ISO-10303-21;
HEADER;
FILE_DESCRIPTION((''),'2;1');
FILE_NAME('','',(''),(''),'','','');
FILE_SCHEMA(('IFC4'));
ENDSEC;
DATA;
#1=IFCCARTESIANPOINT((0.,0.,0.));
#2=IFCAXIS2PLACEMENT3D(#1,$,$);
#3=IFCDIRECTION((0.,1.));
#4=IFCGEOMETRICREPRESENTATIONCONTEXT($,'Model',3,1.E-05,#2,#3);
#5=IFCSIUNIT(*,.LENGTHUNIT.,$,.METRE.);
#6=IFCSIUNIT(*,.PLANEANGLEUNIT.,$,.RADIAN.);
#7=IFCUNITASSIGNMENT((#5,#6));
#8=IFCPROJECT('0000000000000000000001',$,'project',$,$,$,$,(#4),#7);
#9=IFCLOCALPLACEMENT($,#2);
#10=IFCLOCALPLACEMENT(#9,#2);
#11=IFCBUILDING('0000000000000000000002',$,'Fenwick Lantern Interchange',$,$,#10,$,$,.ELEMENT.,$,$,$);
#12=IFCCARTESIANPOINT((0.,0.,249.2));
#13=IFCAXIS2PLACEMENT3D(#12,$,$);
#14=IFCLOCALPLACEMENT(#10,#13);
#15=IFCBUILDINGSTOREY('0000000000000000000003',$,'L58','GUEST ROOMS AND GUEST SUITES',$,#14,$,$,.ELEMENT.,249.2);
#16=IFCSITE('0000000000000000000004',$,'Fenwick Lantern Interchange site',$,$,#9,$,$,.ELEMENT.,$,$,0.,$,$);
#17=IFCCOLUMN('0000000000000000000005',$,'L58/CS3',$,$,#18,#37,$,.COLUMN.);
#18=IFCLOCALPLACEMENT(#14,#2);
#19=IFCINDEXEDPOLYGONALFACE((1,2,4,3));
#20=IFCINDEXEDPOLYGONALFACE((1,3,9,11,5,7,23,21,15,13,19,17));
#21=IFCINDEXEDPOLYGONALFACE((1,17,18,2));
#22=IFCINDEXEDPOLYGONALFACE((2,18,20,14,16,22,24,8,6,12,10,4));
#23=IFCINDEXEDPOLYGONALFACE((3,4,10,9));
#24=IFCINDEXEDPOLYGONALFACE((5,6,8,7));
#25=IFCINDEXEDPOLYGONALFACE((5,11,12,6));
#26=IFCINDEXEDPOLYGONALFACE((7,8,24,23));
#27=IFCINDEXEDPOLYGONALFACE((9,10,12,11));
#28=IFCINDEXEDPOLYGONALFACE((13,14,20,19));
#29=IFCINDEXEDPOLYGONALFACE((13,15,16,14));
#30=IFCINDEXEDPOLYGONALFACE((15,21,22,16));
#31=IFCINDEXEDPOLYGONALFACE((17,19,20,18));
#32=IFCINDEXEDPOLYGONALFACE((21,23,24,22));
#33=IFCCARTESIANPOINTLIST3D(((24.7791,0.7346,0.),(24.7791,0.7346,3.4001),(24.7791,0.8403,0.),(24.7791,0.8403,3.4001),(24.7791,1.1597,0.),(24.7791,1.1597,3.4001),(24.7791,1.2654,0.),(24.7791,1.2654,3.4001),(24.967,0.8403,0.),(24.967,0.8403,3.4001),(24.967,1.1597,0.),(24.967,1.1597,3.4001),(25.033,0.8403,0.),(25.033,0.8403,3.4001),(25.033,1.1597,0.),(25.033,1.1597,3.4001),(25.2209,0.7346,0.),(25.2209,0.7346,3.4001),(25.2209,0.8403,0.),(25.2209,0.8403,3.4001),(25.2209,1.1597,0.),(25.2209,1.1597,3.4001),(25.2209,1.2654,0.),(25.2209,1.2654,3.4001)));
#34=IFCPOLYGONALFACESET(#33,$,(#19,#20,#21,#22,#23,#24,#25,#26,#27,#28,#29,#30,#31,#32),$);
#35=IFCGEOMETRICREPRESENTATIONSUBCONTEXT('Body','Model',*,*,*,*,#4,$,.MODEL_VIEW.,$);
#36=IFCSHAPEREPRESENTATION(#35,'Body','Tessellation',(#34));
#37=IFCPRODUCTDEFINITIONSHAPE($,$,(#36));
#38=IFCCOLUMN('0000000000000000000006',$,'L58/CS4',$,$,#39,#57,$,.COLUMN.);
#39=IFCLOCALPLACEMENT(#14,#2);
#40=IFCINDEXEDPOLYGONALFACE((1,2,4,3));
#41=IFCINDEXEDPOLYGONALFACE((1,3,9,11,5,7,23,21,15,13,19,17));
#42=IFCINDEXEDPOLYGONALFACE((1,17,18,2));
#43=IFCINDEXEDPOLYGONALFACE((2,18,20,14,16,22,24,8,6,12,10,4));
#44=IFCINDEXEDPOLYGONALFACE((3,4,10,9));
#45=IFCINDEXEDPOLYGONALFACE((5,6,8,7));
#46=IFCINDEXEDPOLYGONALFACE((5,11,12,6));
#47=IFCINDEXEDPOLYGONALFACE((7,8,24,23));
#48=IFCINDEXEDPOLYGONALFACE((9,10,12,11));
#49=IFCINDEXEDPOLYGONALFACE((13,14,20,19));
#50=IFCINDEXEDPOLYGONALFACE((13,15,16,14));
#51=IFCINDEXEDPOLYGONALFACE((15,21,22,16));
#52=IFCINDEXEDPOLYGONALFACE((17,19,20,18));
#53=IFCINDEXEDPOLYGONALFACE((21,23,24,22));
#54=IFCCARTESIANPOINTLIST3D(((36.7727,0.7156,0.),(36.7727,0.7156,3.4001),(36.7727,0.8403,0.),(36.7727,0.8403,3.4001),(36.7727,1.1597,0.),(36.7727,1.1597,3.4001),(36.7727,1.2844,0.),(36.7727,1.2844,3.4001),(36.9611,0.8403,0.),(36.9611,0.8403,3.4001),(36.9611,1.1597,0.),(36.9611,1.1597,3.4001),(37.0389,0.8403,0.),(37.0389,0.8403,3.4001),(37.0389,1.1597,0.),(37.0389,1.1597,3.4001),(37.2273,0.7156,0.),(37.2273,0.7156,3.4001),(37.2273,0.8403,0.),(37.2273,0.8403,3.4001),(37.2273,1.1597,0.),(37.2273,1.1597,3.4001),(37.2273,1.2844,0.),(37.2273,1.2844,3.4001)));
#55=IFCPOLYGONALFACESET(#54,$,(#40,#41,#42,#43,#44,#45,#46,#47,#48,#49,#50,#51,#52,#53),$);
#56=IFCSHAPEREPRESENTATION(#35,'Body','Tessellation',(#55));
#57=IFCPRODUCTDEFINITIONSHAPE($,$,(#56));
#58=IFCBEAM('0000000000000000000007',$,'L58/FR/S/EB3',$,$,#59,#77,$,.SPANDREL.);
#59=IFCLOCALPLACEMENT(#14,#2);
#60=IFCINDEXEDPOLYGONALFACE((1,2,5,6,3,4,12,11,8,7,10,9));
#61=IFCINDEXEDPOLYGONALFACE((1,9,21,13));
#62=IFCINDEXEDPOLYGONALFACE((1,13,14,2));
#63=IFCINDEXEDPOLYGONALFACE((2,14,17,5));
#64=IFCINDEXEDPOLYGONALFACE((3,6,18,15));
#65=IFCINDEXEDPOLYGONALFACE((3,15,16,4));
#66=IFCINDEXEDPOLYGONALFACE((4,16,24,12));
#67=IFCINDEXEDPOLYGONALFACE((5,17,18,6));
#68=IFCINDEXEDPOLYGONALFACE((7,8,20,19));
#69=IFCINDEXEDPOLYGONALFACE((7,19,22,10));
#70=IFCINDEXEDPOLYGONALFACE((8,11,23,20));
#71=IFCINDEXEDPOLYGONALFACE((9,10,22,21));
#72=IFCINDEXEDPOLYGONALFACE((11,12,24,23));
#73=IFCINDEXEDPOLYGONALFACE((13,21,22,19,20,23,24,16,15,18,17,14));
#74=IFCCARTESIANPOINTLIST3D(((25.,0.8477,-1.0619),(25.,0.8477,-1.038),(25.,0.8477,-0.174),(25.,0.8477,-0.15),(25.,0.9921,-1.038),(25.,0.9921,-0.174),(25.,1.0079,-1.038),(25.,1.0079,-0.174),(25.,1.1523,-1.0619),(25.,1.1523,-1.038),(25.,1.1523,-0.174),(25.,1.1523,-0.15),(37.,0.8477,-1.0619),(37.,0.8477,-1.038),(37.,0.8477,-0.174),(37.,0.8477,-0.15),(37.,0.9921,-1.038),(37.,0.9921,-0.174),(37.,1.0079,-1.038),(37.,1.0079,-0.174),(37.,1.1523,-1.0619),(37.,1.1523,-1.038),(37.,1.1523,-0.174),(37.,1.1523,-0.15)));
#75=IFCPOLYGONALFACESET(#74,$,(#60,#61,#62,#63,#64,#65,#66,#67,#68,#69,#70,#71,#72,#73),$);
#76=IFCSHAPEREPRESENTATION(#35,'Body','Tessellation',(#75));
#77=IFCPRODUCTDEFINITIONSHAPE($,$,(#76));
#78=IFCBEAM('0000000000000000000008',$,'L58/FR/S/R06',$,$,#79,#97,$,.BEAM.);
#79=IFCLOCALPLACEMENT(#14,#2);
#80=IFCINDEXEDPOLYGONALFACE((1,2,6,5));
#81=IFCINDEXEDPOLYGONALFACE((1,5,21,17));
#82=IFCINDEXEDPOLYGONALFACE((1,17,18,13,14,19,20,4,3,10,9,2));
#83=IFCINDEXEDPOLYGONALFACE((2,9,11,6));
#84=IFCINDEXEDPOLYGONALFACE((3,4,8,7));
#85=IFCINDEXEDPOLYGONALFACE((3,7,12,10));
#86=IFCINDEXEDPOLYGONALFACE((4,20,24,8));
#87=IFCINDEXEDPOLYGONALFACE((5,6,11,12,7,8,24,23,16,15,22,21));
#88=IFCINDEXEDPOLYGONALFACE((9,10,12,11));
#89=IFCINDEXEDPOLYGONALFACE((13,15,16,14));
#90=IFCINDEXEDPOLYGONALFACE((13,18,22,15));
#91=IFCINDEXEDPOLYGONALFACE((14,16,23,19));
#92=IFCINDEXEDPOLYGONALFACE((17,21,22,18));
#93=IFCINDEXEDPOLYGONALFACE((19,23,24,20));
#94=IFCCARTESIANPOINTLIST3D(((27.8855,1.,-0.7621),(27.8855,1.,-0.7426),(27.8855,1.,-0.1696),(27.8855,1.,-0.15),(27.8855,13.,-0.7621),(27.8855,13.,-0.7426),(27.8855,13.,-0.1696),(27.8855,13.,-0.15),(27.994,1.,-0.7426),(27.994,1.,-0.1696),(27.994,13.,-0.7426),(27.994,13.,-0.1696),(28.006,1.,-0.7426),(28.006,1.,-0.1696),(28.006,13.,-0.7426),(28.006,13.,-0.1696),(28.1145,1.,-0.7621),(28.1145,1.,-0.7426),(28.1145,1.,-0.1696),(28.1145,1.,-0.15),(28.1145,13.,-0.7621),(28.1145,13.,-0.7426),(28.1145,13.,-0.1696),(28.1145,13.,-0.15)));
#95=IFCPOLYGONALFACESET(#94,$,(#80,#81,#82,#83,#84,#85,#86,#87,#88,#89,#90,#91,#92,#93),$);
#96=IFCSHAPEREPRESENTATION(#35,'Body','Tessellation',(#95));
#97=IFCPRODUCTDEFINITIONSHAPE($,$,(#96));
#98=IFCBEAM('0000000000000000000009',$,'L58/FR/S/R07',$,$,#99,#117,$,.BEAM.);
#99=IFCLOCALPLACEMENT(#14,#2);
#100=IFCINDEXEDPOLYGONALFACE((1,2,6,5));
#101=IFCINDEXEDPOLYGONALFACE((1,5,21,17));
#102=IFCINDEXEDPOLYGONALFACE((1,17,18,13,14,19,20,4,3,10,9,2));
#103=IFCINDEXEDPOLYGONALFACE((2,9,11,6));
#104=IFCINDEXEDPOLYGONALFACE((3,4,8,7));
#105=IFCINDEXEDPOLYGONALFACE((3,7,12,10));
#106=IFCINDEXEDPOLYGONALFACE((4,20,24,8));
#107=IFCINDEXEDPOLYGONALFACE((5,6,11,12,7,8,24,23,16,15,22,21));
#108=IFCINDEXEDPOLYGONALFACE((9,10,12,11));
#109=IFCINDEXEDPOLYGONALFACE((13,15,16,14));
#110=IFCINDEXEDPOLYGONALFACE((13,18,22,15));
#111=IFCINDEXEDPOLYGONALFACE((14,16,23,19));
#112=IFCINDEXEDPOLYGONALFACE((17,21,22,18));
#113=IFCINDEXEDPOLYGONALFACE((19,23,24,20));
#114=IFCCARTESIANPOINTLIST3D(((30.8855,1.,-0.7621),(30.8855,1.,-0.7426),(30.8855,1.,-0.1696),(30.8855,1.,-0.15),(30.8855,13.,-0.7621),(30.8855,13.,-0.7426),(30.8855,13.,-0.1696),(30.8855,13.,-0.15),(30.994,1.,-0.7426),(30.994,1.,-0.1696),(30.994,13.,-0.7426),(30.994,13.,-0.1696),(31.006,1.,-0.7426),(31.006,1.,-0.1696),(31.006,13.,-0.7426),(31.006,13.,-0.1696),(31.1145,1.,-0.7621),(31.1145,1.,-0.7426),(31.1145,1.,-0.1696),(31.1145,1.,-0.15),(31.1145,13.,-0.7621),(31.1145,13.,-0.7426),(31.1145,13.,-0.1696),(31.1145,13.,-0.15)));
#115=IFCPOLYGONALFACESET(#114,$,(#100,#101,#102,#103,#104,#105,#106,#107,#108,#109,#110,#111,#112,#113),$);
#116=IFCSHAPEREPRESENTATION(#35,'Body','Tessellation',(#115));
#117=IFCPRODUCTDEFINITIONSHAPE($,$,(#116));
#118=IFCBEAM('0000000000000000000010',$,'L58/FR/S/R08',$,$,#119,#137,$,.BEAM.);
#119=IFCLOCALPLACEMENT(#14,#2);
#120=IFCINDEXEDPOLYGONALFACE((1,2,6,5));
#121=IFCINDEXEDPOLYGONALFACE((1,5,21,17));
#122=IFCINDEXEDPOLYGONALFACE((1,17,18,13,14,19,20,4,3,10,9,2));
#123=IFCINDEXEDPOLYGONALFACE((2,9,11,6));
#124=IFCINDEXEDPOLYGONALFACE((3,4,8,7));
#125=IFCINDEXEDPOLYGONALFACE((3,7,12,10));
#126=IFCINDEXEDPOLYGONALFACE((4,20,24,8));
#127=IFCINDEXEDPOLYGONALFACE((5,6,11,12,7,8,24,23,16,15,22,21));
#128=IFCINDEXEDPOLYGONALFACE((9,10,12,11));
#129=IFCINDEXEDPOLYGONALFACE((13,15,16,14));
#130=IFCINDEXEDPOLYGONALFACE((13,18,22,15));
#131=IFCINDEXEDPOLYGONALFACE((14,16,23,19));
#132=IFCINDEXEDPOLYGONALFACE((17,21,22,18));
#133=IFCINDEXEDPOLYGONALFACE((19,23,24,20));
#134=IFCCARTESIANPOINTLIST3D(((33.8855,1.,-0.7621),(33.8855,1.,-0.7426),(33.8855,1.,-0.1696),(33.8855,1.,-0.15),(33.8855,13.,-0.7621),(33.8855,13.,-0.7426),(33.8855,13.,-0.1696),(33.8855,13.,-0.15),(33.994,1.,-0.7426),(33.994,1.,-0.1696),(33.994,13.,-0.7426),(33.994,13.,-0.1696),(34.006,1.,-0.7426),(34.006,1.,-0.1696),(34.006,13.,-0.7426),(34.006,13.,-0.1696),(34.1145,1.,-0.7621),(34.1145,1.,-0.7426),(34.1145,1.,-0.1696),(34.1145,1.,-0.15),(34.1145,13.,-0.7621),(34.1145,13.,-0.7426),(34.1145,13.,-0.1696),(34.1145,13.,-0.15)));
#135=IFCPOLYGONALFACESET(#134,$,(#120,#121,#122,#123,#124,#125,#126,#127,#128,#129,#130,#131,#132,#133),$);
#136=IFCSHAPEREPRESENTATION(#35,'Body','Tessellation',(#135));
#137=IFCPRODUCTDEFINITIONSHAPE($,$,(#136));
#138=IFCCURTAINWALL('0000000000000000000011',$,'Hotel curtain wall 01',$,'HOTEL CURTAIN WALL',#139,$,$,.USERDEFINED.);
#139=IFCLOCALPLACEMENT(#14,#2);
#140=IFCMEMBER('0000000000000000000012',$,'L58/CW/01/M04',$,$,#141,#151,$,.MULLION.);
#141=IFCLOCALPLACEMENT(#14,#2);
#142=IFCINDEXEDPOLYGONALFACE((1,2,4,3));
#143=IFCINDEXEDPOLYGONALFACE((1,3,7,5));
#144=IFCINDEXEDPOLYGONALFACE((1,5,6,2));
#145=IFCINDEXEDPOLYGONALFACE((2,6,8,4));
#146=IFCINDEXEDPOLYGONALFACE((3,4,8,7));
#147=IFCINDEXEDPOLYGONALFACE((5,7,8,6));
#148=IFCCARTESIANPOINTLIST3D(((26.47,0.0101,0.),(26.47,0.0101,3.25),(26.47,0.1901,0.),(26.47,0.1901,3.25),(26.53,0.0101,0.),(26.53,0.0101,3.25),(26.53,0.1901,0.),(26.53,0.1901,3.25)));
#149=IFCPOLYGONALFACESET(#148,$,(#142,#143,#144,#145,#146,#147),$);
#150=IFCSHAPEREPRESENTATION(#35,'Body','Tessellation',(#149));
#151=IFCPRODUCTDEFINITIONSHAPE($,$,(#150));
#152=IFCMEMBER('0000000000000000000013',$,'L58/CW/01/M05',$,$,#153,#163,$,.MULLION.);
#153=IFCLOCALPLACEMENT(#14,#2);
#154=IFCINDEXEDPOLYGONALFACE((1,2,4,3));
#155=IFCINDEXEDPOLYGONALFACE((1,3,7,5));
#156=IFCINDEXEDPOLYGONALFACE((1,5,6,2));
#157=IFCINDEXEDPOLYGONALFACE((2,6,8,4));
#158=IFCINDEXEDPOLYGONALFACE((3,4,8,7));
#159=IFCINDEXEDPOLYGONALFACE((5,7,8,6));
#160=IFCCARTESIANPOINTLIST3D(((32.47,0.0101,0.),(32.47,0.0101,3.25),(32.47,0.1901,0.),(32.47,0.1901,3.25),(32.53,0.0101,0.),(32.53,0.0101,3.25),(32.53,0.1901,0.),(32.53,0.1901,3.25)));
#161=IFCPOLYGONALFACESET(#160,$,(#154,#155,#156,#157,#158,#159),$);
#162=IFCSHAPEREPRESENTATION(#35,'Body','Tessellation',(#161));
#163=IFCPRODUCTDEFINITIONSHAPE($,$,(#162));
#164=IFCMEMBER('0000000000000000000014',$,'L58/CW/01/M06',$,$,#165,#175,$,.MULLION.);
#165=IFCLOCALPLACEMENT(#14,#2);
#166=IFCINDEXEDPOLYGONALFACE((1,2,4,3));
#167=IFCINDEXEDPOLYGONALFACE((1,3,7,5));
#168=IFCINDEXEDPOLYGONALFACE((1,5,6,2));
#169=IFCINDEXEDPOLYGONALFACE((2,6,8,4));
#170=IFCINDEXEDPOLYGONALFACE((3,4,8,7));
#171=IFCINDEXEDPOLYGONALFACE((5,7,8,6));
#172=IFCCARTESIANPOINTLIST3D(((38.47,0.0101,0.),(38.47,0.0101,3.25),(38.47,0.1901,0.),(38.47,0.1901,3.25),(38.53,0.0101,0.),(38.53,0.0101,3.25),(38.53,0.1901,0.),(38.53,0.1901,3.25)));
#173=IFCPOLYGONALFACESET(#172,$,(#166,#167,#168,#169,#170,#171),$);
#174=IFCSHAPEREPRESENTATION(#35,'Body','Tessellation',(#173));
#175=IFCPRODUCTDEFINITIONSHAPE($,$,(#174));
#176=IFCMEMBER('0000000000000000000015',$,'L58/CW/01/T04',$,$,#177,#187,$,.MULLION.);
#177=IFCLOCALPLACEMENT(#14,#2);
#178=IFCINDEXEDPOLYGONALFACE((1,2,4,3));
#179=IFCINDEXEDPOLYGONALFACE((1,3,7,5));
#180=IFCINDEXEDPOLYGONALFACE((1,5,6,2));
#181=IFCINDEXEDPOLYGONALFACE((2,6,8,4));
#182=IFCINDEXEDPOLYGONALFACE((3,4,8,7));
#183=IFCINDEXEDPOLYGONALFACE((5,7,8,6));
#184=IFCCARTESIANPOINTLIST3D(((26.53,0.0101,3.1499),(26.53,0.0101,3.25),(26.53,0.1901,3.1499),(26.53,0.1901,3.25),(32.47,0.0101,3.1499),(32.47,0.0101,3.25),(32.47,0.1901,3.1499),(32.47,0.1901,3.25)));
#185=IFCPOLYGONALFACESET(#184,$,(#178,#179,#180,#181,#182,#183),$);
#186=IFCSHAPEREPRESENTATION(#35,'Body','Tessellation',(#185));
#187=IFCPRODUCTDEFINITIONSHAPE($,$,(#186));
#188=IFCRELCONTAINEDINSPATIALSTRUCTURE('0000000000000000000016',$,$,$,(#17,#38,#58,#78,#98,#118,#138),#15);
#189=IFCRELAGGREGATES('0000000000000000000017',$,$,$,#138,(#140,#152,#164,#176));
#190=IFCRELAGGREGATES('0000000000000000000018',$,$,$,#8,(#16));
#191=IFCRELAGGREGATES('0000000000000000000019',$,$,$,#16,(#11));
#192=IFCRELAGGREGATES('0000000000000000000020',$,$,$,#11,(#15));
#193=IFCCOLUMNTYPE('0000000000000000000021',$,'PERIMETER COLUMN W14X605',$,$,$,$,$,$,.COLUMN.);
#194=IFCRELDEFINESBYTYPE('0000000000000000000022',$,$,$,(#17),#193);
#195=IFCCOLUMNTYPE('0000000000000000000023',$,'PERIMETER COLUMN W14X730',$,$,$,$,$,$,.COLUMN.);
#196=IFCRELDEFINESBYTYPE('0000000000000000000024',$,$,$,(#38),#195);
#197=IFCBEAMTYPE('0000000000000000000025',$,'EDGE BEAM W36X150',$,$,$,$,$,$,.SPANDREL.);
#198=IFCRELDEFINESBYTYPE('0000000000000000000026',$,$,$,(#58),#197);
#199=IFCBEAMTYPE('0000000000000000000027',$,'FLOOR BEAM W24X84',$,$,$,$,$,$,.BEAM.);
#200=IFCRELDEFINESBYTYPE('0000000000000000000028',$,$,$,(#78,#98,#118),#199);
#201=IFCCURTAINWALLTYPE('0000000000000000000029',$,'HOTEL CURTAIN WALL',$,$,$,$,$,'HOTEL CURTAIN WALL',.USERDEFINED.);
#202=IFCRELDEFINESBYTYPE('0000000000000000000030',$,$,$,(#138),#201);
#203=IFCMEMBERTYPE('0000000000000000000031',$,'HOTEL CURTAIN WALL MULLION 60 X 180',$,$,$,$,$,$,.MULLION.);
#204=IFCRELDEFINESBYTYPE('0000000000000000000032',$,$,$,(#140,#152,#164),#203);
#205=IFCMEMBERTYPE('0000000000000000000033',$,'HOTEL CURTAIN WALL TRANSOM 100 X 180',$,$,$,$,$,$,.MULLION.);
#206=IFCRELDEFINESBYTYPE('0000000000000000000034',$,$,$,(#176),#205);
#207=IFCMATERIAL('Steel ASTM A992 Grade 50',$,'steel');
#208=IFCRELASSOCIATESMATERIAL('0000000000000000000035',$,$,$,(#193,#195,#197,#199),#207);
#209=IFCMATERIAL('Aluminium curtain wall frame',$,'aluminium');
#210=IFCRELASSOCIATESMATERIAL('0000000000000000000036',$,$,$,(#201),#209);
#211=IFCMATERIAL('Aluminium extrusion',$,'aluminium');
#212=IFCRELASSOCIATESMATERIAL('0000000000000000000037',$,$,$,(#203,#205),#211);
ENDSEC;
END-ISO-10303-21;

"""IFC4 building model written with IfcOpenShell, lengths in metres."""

from ifc_helpers import new_model, si_unit, direction, frame, origin, origin_2d, place, context, subcontext, project, spatial, rectangle, i_section, extrude, material, material_profile, profile_set, type_object, element, aggregate, save


model = new_model("IFC4")

# Units and contexts
model_context = context("Model", 3, precision=1e-05, world=origin(), true_north=direction((0.0, 1.0)))
body_context = subcontext(model_context, "Body", "Model", "MODEL_VIEW")
ifc_project = project(units=[si_unit("LENGTHUNIT", "METRE"), si_unit("PLANEANGLEUNIT", "RADIAN")], contexts=[model_context])

# Site, building, storey
site_placement = place(None, origin())
site = spatial("IfcSite", under=ifc_project, at=site_placement, Name="Fenwick Lantern Interchange site", CompositionType="ELEMENT", RefElevation=0.0)
building_placement = place(site_placement, origin())
building = spatial("IfcBuilding", under=site, at=building_placement, Name="Fenwick Lantern Interchange", CompositionType="ELEMENT")
storey_placement = place(building_placement, frame((0.0, 0.0, 249.2)))
storey = spatial("IfcBuildingStorey", under=building, at=storey_placement, Name="L58", Description="GUEST ROOMS AND GUEST SUITES", CompositionType="ELEMENT", Elevation=249.2)

# Columns
ifc_material_1 = material(Name="Steel ASTM A992 Grade 50", Category="steel")
ifc_material_profile_1 = material_profile(ifc_material_1, i_section(OverallWidth=0.4419, OverallDepth=0.5308, WebThickness=0.0659, FlangeThickness=0.1057, at=origin_2d()), Name="W14X605")
ifc_profile_set_1 = profile_set([ifc_material_profile_1], Name="Steel ASTM A992 Grade 50")
column_type_1 = type_object("IfcColumnType", Name="PERIMETER COLUMN W14X605", PredefinedType="COLUMN", material=ifc_profile_set_1)
column_1_placement = place(storey_placement, frame((25.0, 1.0, 0.0), z_axis=(0.0, 0.0, 1.0), x_axis=(1.0, 0.0, 0.0)))
element("IfcColumn", 1, at=column_1_placement, inside=storey, type_object=column_type_1, Name="L58/CS3", PredefinedType="COLUMN", context=body_context, shape_type="SweptSolid", body=[
    extrude(i_section(OverallWidth=0.4419, OverallDepth=0.5308, WebThickness=0.0659, FlangeThickness=0.1057, at=origin_2d()), origin(), (0.0, 0.0, 1.0), 3.4001),
])
ifc_material_profile_2 = material_profile(ifc_material_1, i_section(OverallWidth=0.4546, OverallDepth=0.5688, WebThickness=0.0779, FlangeThickness=0.1248, at=origin_2d()), Name="W14X730")
ifc_profile_set_2 = profile_set([ifc_material_profile_2], Name="Steel ASTM A992 Grade 50")
column_type_2 = type_object("IfcColumnType", Name="PERIMETER COLUMN W14X730", PredefinedType="COLUMN", material=ifc_profile_set_2)
column_2_placement = place(storey_placement, frame((37.0, 1.0, 0.0), z_axis=(0.0, 0.0, 1.0), x_axis=(1.0, 0.0, 0.0)))
element("IfcColumn", 2, at=column_2_placement, inside=storey, type_object=column_type_2, Name="L58/CS4", PredefinedType="COLUMN", context=body_context, shape_type="SweptSolid", body=[
    extrude(i_section(OverallWidth=0.4546, OverallDepth=0.5688, WebThickness=0.0779, FlangeThickness=0.1248, at=origin_2d()), origin(), (0.0, 0.0, 1.0), 3.4001),
])

# Beams
ifc_material_profile_3 = material_profile(ifc_material_1, i_section(OverallWidth=0.3047, OverallDepth=0.9119, WebThickness=0.0159, FlangeThickness=0.0239, at=origin_2d()), Name="W36X150")
ifc_profile_set_3 = profile_set([ifc_material_profile_3], Name="Steel ASTM A992 Grade 50")
beam_type_1 = type_object("IfcBeamType", Name="EDGE BEAM W36X150", PredefinedType="SPANDREL", material=ifc_profile_set_3)
beam_1_placement = place(storey_placement, frame((25.0, 1.0, -0.606), z_axis=(1.0, 0.0, 0.0), x_axis=(0.0, 1.0, 0.0)))
element("IfcBeam", 3, at=beam_1_placement, inside=storey, type_object=beam_type_1, Name="L58/FR/S/EB3", PredefinedType="SPANDREL", context=body_context, shape_type="SweptSolid", body=[
    extrude(i_section(OverallWidth=0.3047, OverallDepth=0.9119, WebThickness=0.0159, FlangeThickness=0.0239, at=origin_2d()), origin(), (0.0, 0.0, 1.0), 12.0),
])
ifc_material_profile_4 = material_profile(ifc_material_1, i_section(OverallWidth=0.229, OverallDepth=0.6121, WebThickness=0.012, FlangeThickness=0.0195, at=origin_2d()), Name="W24X84")
ifc_profile_set_4 = profile_set([ifc_material_profile_4], Name="Steel ASTM A992 Grade 50")
beam_type_2 = type_object("IfcBeamType", Name="FLOOR BEAM W24X84", PredefinedType="BEAM", material=ifc_profile_set_4)
for number, where, z_axis, x_axis, name in (
    (4, (28.0, 1.0, -0.4561), (0.0, 1.0, 0.0), (-1.0, 0.0, 0.0), "L58/FR/S/R06"),
    (5, (31.0, 1.0, -0.4561), (0.0, 1.0, 0.0), (-1.0, 0.0, 0.0), "L58/FR/S/R07"),
    (6, (34.0, 1.0, -0.4561), (0.0, 1.0, 0.0), (-1.0, 0.0, 0.0), "L58/FR/S/R08"),
):
    element("IfcBeam", number, at=place(storey_placement, frame(where, z_axis=z_axis, x_axis=x_axis)), inside=storey, type_object=beam_type_2, Name=name, PredefinedType="BEAM", context=body_context, shape_type="SweptSolid", body=[
        extrude(i_section(OverallWidth=0.229, OverallDepth=0.6121, WebThickness=0.012, FlangeThickness=0.0195, at=origin_2d()), origin(), (0.0, 0.0, 1.0), 12.0),
    ])

# Curtain wall, members
ifc_material_2 = material(Name="Aluminium curtain wall frame", Category="aluminium")
curtain_wall_type = type_object("IfcCurtainWallType", Name="HOTEL CURTAIN WALL", ElementType="HOTEL CURTAIN WALL", PredefinedType="USERDEFINED", material=ifc_material_2)
curtain_wall_placement = place(storey_placement, origin())
curtain_wall = element("IfcCurtainWall", 7, at=curtain_wall_placement, inside=storey, type_object=curtain_wall_type, Name="Hotel curtain wall 01", ObjectType="HOTEL CURTAIN WALL", PredefinedType="USERDEFINED")
ifc_material_3 = material(Name="Aluminium extrusion", Category="aluminium")
ifc_material_profile_5 = material_profile(ifc_material_3, rectangle(XDim=0.1799, YDim=0.0601, at=origin_2d()), Name="HOTEL CURTAIN WALL MULLION 60 X 180")
ifc_profile_set_5 = profile_set([ifc_material_profile_5], Name="Aluminium extrusion")
member_type_1 = type_object("IfcMemberType", Name="HOTEL CURTAIN WALL MULLION 60 X 180", PredefinedType="MULLION", material=ifc_profile_set_5)
member_1_placement = place(storey_placement, frame((26.5, 0.1001, 0.0), z_axis=(0.0, 0.0, 1.0), x_axis=(0.0, 1.0, 0.0)))
member_1 = element("IfcMember", 8, at=member_1_placement, type_object=member_type_1, Name="L58/CW/01/M04", PredefinedType="MULLION", context=body_context, shape_type="SweptSolid", body=[
    extrude(rectangle(XDim=0.1799, YDim=0.0601, at=origin_2d()), origin(), (0.0, 0.0, 1.0), 3.25),
])
member_2_placement = place(storey_placement, frame((32.5, 0.1001, 0.0), z_axis=(0.0, 0.0, 1.0), x_axis=(0.0, 1.0, 0.0)))
member_2 = element("IfcMember", 9, at=member_2_placement, type_object=member_type_1, Name="L58/CW/01/M05", PredefinedType="MULLION", context=body_context, shape_type="SweptSolid", body=[
    extrude(rectangle(XDim=0.1799, YDim=0.0601, at=origin_2d()), origin(), (0.0, 0.0, 1.0), 3.25),
])
member_3_placement = place(storey_placement, frame((38.5, 0.1001, 0.0), z_axis=(0.0, 0.0, 1.0), x_axis=(0.0, 1.0, 0.0)))
member_3 = element("IfcMember", 10, at=member_3_placement, type_object=member_type_1, Name="L58/CW/01/M06", PredefinedType="MULLION", context=body_context, shape_type="SweptSolid", body=[
    extrude(rectangle(XDim=0.1799, YDim=0.0601, at=origin_2d()), origin(), (0.0, 0.0, 1.0), 3.25),
])
ifc_material_profile_6 = material_profile(ifc_material_3, rectangle(XDim=0.1799, YDim=0.1001, at=origin_2d()), Name="HOTEL CURTAIN WALL TRANSOM 100 X 180")
ifc_profile_set_6 = profile_set([ifc_material_profile_6], Name="Aluminium extrusion")
member_type_2 = type_object("IfcMemberType", Name="HOTEL CURTAIN WALL TRANSOM 100 X 180", PredefinedType="MULLION", material=ifc_profile_set_6)
member_4_placement = place(storey_placement, frame((26.53, 0.1001, 3.2), z_axis=(1.0, 0.0, 0.0), x_axis=(0.0, 1.0, 0.0)))
member_4 = element("IfcMember", 11, at=member_4_placement, type_object=member_type_2, Name="L58/CW/01/T04", PredefinedType="MULLION", context=body_context, shape_type="SweptSolid", body=[
    extrude(rectangle(XDim=0.1799, YDim=0.1001, at=origin_2d()), origin(), (0.0, 0.0, 1.0), 5.9399),
])

aggregate(curtain_wall, [member_1, member_2, member_3, member_4])

save(model, "model.ifc")
